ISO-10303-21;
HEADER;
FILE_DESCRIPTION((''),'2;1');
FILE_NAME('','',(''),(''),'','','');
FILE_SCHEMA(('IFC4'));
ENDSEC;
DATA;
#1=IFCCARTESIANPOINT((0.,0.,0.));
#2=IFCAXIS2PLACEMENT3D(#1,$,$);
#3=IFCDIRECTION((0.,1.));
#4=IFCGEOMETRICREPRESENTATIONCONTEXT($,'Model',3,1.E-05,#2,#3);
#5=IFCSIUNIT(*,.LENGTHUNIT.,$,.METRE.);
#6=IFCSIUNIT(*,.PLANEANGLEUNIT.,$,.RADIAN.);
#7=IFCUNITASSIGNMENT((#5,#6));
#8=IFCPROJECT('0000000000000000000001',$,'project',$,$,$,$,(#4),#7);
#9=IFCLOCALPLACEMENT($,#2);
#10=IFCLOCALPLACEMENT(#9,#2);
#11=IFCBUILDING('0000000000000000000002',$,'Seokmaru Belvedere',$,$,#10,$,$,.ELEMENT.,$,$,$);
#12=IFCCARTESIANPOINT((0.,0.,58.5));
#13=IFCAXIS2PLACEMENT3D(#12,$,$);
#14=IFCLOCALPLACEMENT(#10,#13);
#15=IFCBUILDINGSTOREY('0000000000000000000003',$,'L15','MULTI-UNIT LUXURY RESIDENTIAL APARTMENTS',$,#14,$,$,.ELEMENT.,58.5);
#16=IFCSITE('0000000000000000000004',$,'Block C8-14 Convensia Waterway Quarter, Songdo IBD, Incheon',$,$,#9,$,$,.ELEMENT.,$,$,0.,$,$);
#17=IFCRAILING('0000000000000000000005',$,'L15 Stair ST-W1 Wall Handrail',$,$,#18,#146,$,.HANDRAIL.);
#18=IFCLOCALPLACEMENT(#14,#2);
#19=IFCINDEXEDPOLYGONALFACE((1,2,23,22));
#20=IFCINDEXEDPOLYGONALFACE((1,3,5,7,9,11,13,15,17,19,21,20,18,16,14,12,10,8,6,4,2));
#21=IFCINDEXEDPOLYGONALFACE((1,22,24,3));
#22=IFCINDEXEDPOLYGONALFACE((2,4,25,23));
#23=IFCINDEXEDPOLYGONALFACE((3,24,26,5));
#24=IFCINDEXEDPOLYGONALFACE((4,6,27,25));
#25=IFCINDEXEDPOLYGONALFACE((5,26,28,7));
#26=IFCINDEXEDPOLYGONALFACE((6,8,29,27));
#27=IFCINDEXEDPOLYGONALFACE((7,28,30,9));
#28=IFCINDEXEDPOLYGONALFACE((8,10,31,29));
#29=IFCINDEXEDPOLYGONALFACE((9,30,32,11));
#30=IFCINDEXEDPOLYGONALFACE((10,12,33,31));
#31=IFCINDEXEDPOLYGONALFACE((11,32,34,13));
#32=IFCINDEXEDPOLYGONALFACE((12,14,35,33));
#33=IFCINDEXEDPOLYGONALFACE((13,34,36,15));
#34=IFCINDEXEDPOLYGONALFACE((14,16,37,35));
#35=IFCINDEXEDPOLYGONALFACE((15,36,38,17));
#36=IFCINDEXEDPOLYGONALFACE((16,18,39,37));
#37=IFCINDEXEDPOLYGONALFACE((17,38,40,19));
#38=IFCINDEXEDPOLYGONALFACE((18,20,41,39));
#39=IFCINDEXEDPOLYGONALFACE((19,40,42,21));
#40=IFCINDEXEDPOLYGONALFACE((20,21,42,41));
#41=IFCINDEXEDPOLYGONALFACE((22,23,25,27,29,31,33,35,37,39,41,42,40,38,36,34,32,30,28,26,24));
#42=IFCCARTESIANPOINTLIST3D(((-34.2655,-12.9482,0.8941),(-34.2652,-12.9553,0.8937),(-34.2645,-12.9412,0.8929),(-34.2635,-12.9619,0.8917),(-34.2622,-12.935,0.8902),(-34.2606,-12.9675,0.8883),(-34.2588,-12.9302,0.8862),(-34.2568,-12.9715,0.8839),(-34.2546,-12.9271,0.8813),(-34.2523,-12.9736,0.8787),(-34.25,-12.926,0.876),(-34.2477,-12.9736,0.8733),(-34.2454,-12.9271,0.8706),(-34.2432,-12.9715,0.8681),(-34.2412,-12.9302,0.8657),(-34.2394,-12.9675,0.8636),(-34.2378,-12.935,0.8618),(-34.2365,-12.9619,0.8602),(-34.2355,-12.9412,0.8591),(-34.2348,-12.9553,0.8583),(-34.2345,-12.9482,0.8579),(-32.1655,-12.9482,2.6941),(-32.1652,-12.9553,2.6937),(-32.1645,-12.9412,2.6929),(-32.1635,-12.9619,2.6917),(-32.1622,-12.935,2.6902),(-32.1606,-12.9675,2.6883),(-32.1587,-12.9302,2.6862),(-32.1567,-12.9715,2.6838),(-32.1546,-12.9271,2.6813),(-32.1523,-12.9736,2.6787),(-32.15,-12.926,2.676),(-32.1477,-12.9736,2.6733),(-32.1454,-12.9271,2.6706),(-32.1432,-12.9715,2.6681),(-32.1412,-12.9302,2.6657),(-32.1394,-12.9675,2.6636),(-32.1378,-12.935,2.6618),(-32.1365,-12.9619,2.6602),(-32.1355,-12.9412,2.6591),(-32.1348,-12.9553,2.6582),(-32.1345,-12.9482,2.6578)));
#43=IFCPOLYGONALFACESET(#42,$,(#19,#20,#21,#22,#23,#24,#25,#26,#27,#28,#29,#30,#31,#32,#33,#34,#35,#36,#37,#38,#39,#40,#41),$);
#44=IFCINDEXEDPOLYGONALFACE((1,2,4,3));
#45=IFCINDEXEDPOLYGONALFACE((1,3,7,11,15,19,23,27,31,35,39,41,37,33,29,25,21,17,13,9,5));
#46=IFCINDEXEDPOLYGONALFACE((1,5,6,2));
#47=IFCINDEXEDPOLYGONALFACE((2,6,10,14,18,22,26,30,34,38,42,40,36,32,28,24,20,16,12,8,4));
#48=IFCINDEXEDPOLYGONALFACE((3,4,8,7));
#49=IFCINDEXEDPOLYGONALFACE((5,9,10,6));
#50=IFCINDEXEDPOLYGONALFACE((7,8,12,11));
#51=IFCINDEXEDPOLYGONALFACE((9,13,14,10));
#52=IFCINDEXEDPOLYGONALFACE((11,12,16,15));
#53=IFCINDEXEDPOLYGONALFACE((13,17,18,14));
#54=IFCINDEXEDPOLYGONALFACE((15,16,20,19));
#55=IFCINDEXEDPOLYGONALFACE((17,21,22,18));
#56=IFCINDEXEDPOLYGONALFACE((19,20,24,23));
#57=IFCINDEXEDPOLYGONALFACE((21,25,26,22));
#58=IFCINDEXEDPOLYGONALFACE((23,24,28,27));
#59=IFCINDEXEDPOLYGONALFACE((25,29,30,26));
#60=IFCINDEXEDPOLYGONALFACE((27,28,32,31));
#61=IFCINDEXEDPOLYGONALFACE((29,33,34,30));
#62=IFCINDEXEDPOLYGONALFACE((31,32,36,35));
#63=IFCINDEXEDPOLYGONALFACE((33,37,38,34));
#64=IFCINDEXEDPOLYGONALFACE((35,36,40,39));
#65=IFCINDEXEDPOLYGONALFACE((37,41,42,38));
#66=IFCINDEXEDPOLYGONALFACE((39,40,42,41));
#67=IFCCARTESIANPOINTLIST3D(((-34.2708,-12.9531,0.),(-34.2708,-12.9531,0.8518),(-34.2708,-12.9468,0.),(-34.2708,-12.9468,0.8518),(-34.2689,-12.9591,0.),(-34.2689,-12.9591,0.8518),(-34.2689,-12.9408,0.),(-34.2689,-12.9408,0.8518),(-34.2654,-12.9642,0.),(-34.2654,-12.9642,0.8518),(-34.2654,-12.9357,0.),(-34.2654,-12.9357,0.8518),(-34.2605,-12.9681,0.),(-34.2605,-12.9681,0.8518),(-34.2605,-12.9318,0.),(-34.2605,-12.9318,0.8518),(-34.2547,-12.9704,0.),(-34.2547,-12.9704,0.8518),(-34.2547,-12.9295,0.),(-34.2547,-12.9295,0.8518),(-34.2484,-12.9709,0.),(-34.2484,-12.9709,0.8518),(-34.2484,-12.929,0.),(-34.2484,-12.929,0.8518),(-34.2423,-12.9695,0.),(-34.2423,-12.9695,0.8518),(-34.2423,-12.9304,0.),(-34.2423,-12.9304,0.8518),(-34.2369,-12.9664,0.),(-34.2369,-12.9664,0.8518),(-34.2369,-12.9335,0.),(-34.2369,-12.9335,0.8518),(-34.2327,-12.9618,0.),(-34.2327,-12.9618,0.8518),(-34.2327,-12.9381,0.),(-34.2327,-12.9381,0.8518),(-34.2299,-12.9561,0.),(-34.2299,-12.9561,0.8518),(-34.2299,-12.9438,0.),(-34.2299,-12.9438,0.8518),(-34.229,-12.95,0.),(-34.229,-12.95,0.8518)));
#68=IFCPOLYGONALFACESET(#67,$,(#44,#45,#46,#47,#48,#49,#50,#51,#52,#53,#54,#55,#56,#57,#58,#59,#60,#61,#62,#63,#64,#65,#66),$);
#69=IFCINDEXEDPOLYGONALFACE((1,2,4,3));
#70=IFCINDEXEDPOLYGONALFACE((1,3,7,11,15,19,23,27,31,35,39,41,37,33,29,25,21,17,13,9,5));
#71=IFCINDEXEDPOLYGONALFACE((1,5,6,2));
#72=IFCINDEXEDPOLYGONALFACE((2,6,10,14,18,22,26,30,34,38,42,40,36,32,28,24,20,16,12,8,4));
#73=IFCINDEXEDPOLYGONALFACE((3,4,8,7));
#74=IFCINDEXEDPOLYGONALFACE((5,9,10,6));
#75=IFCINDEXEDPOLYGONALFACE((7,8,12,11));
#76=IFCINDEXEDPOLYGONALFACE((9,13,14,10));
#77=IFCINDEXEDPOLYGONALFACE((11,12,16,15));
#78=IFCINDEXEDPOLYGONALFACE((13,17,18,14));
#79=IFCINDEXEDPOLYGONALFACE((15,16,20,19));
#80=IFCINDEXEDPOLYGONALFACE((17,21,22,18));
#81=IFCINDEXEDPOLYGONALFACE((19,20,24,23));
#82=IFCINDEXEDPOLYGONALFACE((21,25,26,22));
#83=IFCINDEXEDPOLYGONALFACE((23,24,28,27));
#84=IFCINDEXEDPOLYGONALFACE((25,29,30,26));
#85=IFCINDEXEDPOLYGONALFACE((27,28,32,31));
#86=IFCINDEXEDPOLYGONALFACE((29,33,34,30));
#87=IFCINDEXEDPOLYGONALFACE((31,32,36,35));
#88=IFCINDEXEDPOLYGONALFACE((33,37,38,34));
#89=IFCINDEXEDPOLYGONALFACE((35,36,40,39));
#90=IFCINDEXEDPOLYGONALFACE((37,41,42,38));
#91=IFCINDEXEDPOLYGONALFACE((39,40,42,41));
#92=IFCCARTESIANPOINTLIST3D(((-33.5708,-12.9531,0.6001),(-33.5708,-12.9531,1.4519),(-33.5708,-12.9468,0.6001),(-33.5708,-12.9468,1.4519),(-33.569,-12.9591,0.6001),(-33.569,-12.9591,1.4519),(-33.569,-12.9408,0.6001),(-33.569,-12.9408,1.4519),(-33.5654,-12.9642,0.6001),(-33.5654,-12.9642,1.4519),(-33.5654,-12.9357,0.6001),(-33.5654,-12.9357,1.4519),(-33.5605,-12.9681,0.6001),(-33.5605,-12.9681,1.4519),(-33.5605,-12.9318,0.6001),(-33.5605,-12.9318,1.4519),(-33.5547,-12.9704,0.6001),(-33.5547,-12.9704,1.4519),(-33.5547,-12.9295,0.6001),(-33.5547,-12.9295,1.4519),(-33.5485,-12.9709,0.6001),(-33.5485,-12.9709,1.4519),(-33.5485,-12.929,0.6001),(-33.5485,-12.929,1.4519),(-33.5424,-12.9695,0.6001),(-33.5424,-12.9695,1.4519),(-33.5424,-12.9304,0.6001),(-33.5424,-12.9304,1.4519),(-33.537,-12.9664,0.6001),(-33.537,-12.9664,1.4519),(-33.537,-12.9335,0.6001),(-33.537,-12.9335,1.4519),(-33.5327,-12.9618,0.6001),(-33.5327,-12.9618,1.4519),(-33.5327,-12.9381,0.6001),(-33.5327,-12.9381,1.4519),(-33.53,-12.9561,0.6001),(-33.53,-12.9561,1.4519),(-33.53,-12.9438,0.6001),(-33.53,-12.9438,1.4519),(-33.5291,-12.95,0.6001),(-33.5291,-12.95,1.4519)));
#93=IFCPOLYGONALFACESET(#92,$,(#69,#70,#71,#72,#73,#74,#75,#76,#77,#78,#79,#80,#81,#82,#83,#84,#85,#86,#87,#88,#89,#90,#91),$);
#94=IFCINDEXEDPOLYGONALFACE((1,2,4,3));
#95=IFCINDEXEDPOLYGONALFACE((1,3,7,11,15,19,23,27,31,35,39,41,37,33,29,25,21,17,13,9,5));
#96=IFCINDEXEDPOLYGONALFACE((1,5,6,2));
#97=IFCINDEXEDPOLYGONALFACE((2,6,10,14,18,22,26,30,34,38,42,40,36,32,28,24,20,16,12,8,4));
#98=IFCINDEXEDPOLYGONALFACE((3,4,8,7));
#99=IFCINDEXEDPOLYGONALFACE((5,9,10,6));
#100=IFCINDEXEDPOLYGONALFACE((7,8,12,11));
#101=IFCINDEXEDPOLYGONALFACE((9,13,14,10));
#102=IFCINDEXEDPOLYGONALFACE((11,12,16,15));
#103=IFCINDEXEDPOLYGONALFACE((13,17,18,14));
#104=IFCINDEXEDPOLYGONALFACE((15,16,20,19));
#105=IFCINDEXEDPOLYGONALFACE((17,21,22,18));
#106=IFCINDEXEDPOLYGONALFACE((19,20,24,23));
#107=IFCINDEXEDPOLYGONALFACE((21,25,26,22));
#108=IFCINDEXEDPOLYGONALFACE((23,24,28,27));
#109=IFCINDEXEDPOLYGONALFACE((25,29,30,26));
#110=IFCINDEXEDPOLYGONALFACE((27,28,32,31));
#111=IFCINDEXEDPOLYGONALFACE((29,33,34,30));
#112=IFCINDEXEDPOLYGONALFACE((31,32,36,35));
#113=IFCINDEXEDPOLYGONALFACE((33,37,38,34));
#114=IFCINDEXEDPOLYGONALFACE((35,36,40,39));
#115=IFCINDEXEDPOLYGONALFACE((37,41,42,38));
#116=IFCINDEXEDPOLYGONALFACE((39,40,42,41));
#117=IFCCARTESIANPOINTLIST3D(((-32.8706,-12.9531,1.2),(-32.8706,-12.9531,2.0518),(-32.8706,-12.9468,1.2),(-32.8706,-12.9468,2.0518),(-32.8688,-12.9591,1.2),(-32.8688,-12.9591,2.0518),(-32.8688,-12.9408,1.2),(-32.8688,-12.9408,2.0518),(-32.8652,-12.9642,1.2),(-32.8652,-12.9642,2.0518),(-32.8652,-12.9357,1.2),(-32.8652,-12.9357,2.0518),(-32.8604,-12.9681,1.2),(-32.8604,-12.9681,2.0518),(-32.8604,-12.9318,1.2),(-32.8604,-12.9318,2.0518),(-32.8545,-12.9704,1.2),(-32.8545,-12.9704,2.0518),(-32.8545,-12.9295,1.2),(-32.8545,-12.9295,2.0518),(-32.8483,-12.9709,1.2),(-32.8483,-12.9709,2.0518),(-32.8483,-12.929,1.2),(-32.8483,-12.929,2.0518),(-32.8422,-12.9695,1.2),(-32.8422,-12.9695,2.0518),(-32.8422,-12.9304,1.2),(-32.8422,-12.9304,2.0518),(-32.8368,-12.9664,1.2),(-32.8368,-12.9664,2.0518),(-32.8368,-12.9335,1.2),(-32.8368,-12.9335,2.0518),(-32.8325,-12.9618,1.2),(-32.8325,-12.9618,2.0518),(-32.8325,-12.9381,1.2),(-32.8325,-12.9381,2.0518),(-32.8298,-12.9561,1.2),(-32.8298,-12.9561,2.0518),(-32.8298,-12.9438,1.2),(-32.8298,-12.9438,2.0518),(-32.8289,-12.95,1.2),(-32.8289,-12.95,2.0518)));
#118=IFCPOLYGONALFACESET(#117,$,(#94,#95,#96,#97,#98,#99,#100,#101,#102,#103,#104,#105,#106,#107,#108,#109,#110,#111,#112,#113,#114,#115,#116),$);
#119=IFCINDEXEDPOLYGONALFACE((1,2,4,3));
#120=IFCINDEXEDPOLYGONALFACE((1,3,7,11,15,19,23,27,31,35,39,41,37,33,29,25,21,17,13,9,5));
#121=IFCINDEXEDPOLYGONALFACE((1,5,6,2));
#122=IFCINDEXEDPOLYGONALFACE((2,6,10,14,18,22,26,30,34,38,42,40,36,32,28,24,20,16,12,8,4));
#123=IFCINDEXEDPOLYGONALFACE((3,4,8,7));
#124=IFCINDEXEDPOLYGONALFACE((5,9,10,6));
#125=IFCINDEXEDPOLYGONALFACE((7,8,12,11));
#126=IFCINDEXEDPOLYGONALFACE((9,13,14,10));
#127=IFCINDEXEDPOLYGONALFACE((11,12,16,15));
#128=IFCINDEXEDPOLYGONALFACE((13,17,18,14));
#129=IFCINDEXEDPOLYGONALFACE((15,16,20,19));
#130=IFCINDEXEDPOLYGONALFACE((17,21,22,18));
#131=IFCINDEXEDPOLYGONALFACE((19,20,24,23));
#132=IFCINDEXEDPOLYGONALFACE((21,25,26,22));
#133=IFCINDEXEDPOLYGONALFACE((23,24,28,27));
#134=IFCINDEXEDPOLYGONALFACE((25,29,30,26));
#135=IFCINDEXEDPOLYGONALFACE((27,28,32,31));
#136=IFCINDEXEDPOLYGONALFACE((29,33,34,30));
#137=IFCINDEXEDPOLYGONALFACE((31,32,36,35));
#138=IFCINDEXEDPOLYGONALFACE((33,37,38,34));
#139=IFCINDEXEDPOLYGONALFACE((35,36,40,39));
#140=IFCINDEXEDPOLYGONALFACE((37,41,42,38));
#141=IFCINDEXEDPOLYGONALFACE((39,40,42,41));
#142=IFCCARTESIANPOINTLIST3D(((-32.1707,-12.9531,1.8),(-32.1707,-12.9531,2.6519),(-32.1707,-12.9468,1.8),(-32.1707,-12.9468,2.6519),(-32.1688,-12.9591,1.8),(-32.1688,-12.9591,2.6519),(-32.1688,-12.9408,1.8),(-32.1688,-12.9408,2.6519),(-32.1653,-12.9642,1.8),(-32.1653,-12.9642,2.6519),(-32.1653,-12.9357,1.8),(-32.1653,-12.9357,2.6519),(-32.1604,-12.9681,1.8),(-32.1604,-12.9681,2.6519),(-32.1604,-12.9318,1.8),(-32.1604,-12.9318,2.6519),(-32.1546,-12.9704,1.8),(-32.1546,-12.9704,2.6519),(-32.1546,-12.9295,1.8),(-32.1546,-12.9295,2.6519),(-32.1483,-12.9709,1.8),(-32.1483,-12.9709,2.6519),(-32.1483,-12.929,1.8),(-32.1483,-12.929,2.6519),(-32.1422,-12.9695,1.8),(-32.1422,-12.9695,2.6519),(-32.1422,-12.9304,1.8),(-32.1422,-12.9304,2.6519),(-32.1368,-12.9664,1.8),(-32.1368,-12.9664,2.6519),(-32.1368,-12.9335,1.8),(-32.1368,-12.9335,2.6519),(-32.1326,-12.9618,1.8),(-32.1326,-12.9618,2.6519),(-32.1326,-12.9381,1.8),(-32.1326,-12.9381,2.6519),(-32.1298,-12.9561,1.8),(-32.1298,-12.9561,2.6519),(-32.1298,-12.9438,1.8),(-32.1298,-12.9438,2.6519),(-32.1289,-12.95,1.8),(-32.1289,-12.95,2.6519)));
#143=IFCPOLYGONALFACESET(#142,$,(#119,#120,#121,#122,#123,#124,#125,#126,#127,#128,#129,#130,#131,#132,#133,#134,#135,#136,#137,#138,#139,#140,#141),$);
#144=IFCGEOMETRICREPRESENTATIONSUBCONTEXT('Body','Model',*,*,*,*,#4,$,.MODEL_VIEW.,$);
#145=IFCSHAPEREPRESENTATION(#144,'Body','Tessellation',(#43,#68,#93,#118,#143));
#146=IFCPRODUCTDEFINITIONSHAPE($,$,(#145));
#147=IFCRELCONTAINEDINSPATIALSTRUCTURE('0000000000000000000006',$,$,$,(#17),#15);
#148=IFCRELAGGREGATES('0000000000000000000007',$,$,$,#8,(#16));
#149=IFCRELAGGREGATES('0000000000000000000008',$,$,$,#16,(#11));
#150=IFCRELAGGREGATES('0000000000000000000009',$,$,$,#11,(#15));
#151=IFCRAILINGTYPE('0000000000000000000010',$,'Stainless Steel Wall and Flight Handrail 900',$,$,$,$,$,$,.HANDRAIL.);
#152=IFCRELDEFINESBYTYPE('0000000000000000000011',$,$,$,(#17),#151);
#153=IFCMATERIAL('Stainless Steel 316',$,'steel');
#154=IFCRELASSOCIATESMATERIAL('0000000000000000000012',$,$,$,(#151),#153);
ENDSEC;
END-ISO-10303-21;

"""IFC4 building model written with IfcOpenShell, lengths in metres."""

from ifc_helpers import new_model, si_unit, direction, frame, origin, origin_2d, place, context, subcontext, project, spatial, circle, extrude, material, type_object, element, save


model = new_model("IFC4")

# Units and contexts
model_context = context("Model", 3, precision=1e-05, world=origin(), true_north=direction((0.0, 1.0)))
body_context = subcontext(model_context, "Body", "Model", "MODEL_VIEW")
ifc_project = project(units=[si_unit("LENGTHUNIT", "METRE"), si_unit("PLANEANGLEUNIT", "RADIAN")], contexts=[model_context])

# Site, building, storey
site_placement = place(None, origin())
site = spatial("IfcSite", under=ifc_project, at=site_placement, Name="Block C8-14 Convensia Waterway Quarter, Songdo IBD, Incheon", CompositionType="ELEMENT", RefElevation=0.0)
building_placement = place(site_placement, origin())
building = spatial("IfcBuilding", under=site, at=building_placement, Name="Seokmaru Belvedere", CompositionType="ELEMENT")
storey_placement = place(building_placement, frame((0.0, 0.0, 58.5)))
storey = spatial("IfcBuildingStorey", under=building, at=storey_placement, Name="L15", Description="MULTI-UNIT LUXURY RESIDENTIAL APARTMENTS", CompositionType="ELEMENT", Elevation=58.5)

# Shared definitions
ifc_material_1 = material(Name="Stainless Steel 316", Category="steel")

# Railing
railing_type_1 = type_object("IfcRailingType", Name="Stainless Steel Wall and Flight Handrail 900", PredefinedType="HANDRAIL", material=ifc_material_1)
railing_1_placement = place(storey_placement, frame((-34.25, -12.95, 0.0)))
element("IfcRailing", 1, at=railing_1_placement, inside=storey, type_object=railing_type_1, Name="L15 Stair ST-W1 Wall Handrail", PredefinedType="HANDRAIL", context=body_context, shape_type="SweptSolid", body=[
    extrude(circle(Radius=0.0239, at=origin_2d()), frame((0.0, 0.0, 0.876), z_axis=(0.759263, 0.0, 0.650784), x_axis=(0.0, 1.0, 0.0)), (0.0, 0.0, 1.0), 2.7659),
    extrude(circle(Radius=0.021, at=origin_2d()), origin(), (0.0, 0.0, 1.0), 0.8518),
    extrude(circle(Radius=0.021, at=origin_2d()), frame((0.7, 0.0, 0.6001)), (0.0, 0.0, 1.0), 0.8518),
    extrude(circle(Radius=0.021, at=origin_2d()), frame((1.4001, 0.0, 1.2)), (0.0, 0.0, 1.0), 0.8518),
    extrude(circle(Radius=0.021, at=origin_2d()), frame((2.1001, 0.0, 1.8)), (0.0, 0.0, 1.0), 0.8518),
])

save(model, "model.ifc")
